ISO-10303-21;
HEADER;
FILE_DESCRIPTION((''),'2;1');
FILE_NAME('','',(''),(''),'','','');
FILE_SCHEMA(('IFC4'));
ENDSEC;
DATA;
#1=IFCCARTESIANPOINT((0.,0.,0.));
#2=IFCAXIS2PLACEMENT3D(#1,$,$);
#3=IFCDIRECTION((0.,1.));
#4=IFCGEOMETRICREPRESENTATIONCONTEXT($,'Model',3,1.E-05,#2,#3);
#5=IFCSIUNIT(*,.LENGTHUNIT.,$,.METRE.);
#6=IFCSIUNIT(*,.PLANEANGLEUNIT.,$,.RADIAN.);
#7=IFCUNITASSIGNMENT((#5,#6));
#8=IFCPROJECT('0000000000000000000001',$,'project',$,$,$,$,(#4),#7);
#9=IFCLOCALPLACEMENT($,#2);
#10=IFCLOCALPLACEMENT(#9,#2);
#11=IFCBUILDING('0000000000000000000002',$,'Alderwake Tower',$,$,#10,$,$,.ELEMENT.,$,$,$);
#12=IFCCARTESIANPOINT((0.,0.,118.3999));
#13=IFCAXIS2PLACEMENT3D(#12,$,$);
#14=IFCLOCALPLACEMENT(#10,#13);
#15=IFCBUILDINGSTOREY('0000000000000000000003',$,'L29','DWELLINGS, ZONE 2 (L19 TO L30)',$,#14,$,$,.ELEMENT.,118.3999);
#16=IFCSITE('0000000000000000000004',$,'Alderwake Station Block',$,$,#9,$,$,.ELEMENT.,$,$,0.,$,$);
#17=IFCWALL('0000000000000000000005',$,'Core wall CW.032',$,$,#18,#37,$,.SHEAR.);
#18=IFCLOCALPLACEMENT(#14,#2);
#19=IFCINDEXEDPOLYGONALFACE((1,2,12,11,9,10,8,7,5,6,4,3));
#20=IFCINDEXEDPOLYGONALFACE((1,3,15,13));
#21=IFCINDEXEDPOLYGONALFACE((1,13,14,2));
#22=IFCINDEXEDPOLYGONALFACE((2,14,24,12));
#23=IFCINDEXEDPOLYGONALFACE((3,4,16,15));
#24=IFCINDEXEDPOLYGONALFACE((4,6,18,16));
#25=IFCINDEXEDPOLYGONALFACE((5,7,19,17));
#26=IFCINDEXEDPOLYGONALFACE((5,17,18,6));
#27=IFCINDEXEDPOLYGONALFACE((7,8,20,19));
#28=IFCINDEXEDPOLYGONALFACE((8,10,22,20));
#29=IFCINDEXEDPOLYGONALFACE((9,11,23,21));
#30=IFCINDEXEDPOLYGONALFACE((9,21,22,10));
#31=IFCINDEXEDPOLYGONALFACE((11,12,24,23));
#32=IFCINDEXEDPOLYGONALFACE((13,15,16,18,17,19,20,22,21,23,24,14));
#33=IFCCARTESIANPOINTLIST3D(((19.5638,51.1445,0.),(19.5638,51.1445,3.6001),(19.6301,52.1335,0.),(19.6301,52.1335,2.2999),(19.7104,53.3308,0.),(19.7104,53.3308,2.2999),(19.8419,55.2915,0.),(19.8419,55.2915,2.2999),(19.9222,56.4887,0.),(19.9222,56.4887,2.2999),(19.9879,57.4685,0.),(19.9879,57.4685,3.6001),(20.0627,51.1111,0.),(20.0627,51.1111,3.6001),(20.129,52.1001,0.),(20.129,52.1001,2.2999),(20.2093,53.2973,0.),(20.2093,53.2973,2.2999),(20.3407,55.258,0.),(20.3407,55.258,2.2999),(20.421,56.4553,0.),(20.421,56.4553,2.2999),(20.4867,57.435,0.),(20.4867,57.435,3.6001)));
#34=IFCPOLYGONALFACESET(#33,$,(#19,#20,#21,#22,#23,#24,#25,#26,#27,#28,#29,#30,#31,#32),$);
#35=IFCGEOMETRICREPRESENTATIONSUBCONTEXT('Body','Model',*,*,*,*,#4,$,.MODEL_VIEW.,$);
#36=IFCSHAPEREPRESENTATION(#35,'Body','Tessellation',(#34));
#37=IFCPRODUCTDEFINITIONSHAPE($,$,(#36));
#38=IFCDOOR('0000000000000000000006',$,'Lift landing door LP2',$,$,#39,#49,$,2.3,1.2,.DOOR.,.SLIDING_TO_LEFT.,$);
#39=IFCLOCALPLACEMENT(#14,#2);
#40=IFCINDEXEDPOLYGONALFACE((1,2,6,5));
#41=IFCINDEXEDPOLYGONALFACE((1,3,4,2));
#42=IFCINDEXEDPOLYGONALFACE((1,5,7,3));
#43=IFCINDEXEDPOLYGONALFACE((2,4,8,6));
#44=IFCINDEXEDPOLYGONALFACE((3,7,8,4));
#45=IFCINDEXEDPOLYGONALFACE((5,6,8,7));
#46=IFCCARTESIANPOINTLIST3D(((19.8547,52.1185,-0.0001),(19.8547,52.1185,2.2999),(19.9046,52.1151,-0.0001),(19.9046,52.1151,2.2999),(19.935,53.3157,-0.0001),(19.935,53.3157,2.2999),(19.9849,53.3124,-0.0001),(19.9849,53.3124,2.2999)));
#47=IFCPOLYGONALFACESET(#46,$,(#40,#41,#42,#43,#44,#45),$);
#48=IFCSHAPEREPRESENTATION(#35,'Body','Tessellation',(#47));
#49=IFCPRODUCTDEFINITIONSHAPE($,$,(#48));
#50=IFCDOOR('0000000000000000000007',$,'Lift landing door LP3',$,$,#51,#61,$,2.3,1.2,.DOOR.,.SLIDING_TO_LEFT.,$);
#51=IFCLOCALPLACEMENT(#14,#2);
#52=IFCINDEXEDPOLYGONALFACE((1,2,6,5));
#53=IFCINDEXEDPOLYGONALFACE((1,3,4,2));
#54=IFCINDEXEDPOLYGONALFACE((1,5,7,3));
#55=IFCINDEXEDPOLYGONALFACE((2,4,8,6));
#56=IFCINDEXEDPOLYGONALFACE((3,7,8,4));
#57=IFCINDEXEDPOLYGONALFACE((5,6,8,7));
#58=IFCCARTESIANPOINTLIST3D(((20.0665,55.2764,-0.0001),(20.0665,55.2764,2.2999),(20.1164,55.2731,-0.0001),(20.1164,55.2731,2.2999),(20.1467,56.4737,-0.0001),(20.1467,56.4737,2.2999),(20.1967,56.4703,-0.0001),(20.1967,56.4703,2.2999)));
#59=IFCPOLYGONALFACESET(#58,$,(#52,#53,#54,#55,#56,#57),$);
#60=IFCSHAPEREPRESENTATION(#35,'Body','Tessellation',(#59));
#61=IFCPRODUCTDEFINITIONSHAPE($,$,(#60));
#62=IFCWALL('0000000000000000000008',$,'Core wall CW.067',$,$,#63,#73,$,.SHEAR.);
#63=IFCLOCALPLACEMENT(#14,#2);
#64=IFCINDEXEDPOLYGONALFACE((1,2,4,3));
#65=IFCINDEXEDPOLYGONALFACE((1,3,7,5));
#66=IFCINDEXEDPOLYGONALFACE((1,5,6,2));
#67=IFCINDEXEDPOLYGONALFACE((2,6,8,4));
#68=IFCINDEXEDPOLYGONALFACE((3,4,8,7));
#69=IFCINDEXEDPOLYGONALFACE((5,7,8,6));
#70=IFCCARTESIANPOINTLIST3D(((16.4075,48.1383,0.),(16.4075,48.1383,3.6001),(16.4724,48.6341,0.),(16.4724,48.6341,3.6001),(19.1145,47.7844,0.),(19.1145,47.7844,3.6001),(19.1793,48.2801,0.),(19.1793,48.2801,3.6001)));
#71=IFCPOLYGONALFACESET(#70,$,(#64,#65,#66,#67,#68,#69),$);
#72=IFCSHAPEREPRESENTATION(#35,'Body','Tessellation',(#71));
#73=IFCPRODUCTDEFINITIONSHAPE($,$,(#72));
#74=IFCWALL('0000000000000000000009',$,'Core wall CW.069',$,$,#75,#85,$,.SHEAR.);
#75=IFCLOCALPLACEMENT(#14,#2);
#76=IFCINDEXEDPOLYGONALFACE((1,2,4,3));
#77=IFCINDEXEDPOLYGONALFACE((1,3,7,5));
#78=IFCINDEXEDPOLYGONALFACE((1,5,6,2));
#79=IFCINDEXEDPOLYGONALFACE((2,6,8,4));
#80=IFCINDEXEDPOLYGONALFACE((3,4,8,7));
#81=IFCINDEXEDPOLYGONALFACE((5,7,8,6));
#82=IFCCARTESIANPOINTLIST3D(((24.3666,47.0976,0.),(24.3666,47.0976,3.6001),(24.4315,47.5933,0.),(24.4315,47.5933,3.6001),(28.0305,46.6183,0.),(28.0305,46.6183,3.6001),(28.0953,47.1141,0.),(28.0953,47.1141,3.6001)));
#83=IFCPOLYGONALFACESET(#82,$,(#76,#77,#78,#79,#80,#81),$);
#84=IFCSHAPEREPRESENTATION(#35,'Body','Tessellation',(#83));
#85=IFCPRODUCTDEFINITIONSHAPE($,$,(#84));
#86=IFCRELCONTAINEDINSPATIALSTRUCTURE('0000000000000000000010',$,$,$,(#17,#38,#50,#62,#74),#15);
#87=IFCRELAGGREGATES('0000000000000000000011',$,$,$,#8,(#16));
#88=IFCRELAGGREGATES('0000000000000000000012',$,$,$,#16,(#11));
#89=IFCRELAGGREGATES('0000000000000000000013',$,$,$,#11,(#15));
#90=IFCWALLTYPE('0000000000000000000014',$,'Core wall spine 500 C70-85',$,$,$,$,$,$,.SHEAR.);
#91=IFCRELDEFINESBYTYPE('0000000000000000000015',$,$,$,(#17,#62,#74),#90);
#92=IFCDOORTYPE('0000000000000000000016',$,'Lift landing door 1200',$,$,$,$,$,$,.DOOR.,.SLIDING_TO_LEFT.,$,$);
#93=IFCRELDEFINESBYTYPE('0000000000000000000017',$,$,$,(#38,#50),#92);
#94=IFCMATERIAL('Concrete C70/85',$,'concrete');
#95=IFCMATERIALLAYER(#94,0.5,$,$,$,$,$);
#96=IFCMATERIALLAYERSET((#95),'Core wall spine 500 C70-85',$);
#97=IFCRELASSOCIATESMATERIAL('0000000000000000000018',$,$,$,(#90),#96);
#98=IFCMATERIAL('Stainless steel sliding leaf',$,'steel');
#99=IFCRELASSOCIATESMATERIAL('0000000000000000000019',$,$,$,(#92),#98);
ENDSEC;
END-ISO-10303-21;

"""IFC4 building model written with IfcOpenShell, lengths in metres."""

from ifc_helpers import new_model, si_unit, direction, frame, frame_2d, origin, place, context, subcontext, project, spatial, rectangle, extrude, material, layer, layer_set, type_object, element, fill, save


model = new_model("IFC4")

# Units and contexts
model_context = context("Model", 3, precision=1e-05, world=origin(), true_north=direction((0.0, 1.0)))
body_context = subcontext(model_context, "Body", "Model", "MODEL_VIEW")
ifc_project = project(units=[si_unit("LENGTHUNIT", "METRE"), si_unit("PLANEANGLEUNIT", "RADIAN")], contexts=[model_context])

# Site, building, storey
site_placement = place(None, origin())
site = spatial("IfcSite", under=ifc_project, at=site_placement, Name="Alderwake Station Block", CompositionType="ELEMENT", RefElevation=0.0)
building_placement = place(site_placement, origin())
building = spatial("IfcBuilding", under=site, at=building_placement, Name="Alderwake Tower", CompositionType="ELEMENT")
storey_placement = place(building_placement, frame((0.0, 0.0, 118.3999)))
storey = spatial("IfcBuildingStorey", under=building, at=storey_placement, Name="L29", Description="DWELLINGS, ZONE 2 (L19 TO L30)", CompositionType="ELEMENT", Elevation=118.3999)

# Wall, openings, doors
ifc_material_1 = material(Name="Concrete C70/85", Category="concrete")
ifc_layer_1 = layer(ifc_material_1, 0.5)
ifc_layer_set_1 = layer_set([ifc_layer_1], Name="Core wall spine 500 C70-85")
wall_type_1 = type_object("IfcWallType", Name="Core wall spine 500 C70-85", PredefinedType="SHEAR", material=ifc_layer_set_1)
ifc_material_2 = material(Name="Stainless steel sliding leaf", Category="steel")
door_type_1 = type_object("IfcDoorType", Name="Lift landing door 1200", OperationType="SLIDING_TO_LEFT", PredefinedType="DOOR", material=ifc_material_2)
wall_1_placement = place(storey_placement, frame((19.8132, 51.1279, 0.0), z_axis=(0.0, 0.0, 1.0), x_axis=(0.066908, 0.997759, 0.0)))
wall_1 = element("IfcWall", 1, at=wall_1_placement, inside=storey, type_object=wall_type_1, Name="Core wall CW.032", PredefinedType="SHEAR", context=body_context, shape_type="SweptSolid", body=[
    extrude(rectangle(XDim=6.3381, YDim=0.5, at=frame_2d((3.1689, 0.0))), origin(), (0.0, 0.0, 1.0), 3.6001),
])
opening_1_placement = place(wall_1_placement, frame((0.991, 0.0, 0.0)))
opening_1 = element("IfcOpeningElement", 2, at=opening_1_placement, cuts=wall_1, PredefinedType="OPENING", context=body_context, shape_type="SweptSolid", body=[
    extrude(rectangle(XDim=1.2, YDim=2.3, at=frame_2d((0.6001, 1.1499))), frame((0.0, 0.26, 0.0), z_axis=(0.0, -1.0, 0.0), x_axis=(1.0, 0.0, 0.0)), (0.0, 0.0, 1.0), 0.52),
])
opening_2_placement = place(wall_1_placement, frame((4.156, 0.0, 0.0)))
opening_2 = element("IfcOpeningElement", 3, at=opening_2_placement, cuts=wall_1, PredefinedType="OPENING", context=body_context, shape_type="SweptSolid", body=[
    extrude(rectangle(XDim=1.2, YDim=2.3, at=frame_2d((0.6001, 1.1499))), frame((0.0, 0.26, 0.0), z_axis=(0.0, -1.0, 0.0), x_axis=(1.0, 0.0, 0.0)), (0.0, 0.0, 1.0), 0.52),
])
door_1_placement = place(opening_1_placement, origin())
door_1 = element("IfcDoor", 4, at=door_1_placement, inside=storey, type_object=door_type_1, Name="Lift landing door LP2", OperationType="SLIDING_TO_LEFT", OverallHeight=2.3, OverallWidth=1.2, PredefinedType="DOOR", context=body_context, shape_type="SweptSolid", body=[
    extrude(rectangle(XDim=1.2, YDim=2.3, at=frame_2d((0.6001, 1.1499))), frame((0.0, 0.0249, 0.0), z_axis=(0.0, -1.0, 0.0), x_axis=(1.0, 0.0, 0.0)), (0.0, 0.0, 1.0), 0.05),
])
fill(opening_1, door_1)
door_2_placement = place(opening_2_placement, origin())
door_2 = element("IfcDoor", 5, at=door_2_placement, inside=storey, type_object=door_type_1, Name="Lift landing door LP3", OperationType="SLIDING_TO_LEFT", OverallHeight=2.3, OverallWidth=1.2, PredefinedType="DOOR", context=body_context, shape_type="SweptSolid", body=[
    extrude(rectangle(XDim=1.2, YDim=2.3, at=frame_2d((0.6001, 1.1499))), frame((0.0, 0.0249, 0.0), z_axis=(0.0, -1.0, 0.0), x_axis=(1.0, 0.0, 0.0)), (0.0, 0.0, 1.0), 0.05),
])
fill(opening_2, door_2)

# Walls
wall_2_placement = place(storey_placement, frame((16.4399, 48.3862, 0.0), z_axis=(0.0, 0.0, 1.0), x_axis=(0.991557, -0.129668, 0.0)))
element("IfcWall", 6, at=wall_2_placement, inside=storey, type_object=wall_type_1, Name="Core wall CW.067", PredefinedType="SHEAR", context=body_context, shape_type="SweptSolid", body=[
    extrude(rectangle(XDim=2.73, YDim=0.5, at=frame_2d((1.365, 0.0))), origin(), (0.0, 0.0, 1.0), 3.6001),
])
wall_3_placement = place(storey_placement, frame((24.3989, 47.3455, 0.0), z_axis=(0.0, 0.0, 1.0), x_axis=(0.991553, -0.129701, 0.0)))
element("IfcWall", 7, at=wall_3_placement, inside=storey, type_object=wall_type_1, Name="Core wall CW.069", PredefinedType="SHEAR", context=body_context, shape_type="SweptSolid", body=[
    extrude(rectangle(XDim=3.6951, YDim=0.5, at=frame_2d((1.8477, 0.0))), origin(), (0.0, 0.0, 1.0), 3.6001),
])

save(model, "model.ifc")
